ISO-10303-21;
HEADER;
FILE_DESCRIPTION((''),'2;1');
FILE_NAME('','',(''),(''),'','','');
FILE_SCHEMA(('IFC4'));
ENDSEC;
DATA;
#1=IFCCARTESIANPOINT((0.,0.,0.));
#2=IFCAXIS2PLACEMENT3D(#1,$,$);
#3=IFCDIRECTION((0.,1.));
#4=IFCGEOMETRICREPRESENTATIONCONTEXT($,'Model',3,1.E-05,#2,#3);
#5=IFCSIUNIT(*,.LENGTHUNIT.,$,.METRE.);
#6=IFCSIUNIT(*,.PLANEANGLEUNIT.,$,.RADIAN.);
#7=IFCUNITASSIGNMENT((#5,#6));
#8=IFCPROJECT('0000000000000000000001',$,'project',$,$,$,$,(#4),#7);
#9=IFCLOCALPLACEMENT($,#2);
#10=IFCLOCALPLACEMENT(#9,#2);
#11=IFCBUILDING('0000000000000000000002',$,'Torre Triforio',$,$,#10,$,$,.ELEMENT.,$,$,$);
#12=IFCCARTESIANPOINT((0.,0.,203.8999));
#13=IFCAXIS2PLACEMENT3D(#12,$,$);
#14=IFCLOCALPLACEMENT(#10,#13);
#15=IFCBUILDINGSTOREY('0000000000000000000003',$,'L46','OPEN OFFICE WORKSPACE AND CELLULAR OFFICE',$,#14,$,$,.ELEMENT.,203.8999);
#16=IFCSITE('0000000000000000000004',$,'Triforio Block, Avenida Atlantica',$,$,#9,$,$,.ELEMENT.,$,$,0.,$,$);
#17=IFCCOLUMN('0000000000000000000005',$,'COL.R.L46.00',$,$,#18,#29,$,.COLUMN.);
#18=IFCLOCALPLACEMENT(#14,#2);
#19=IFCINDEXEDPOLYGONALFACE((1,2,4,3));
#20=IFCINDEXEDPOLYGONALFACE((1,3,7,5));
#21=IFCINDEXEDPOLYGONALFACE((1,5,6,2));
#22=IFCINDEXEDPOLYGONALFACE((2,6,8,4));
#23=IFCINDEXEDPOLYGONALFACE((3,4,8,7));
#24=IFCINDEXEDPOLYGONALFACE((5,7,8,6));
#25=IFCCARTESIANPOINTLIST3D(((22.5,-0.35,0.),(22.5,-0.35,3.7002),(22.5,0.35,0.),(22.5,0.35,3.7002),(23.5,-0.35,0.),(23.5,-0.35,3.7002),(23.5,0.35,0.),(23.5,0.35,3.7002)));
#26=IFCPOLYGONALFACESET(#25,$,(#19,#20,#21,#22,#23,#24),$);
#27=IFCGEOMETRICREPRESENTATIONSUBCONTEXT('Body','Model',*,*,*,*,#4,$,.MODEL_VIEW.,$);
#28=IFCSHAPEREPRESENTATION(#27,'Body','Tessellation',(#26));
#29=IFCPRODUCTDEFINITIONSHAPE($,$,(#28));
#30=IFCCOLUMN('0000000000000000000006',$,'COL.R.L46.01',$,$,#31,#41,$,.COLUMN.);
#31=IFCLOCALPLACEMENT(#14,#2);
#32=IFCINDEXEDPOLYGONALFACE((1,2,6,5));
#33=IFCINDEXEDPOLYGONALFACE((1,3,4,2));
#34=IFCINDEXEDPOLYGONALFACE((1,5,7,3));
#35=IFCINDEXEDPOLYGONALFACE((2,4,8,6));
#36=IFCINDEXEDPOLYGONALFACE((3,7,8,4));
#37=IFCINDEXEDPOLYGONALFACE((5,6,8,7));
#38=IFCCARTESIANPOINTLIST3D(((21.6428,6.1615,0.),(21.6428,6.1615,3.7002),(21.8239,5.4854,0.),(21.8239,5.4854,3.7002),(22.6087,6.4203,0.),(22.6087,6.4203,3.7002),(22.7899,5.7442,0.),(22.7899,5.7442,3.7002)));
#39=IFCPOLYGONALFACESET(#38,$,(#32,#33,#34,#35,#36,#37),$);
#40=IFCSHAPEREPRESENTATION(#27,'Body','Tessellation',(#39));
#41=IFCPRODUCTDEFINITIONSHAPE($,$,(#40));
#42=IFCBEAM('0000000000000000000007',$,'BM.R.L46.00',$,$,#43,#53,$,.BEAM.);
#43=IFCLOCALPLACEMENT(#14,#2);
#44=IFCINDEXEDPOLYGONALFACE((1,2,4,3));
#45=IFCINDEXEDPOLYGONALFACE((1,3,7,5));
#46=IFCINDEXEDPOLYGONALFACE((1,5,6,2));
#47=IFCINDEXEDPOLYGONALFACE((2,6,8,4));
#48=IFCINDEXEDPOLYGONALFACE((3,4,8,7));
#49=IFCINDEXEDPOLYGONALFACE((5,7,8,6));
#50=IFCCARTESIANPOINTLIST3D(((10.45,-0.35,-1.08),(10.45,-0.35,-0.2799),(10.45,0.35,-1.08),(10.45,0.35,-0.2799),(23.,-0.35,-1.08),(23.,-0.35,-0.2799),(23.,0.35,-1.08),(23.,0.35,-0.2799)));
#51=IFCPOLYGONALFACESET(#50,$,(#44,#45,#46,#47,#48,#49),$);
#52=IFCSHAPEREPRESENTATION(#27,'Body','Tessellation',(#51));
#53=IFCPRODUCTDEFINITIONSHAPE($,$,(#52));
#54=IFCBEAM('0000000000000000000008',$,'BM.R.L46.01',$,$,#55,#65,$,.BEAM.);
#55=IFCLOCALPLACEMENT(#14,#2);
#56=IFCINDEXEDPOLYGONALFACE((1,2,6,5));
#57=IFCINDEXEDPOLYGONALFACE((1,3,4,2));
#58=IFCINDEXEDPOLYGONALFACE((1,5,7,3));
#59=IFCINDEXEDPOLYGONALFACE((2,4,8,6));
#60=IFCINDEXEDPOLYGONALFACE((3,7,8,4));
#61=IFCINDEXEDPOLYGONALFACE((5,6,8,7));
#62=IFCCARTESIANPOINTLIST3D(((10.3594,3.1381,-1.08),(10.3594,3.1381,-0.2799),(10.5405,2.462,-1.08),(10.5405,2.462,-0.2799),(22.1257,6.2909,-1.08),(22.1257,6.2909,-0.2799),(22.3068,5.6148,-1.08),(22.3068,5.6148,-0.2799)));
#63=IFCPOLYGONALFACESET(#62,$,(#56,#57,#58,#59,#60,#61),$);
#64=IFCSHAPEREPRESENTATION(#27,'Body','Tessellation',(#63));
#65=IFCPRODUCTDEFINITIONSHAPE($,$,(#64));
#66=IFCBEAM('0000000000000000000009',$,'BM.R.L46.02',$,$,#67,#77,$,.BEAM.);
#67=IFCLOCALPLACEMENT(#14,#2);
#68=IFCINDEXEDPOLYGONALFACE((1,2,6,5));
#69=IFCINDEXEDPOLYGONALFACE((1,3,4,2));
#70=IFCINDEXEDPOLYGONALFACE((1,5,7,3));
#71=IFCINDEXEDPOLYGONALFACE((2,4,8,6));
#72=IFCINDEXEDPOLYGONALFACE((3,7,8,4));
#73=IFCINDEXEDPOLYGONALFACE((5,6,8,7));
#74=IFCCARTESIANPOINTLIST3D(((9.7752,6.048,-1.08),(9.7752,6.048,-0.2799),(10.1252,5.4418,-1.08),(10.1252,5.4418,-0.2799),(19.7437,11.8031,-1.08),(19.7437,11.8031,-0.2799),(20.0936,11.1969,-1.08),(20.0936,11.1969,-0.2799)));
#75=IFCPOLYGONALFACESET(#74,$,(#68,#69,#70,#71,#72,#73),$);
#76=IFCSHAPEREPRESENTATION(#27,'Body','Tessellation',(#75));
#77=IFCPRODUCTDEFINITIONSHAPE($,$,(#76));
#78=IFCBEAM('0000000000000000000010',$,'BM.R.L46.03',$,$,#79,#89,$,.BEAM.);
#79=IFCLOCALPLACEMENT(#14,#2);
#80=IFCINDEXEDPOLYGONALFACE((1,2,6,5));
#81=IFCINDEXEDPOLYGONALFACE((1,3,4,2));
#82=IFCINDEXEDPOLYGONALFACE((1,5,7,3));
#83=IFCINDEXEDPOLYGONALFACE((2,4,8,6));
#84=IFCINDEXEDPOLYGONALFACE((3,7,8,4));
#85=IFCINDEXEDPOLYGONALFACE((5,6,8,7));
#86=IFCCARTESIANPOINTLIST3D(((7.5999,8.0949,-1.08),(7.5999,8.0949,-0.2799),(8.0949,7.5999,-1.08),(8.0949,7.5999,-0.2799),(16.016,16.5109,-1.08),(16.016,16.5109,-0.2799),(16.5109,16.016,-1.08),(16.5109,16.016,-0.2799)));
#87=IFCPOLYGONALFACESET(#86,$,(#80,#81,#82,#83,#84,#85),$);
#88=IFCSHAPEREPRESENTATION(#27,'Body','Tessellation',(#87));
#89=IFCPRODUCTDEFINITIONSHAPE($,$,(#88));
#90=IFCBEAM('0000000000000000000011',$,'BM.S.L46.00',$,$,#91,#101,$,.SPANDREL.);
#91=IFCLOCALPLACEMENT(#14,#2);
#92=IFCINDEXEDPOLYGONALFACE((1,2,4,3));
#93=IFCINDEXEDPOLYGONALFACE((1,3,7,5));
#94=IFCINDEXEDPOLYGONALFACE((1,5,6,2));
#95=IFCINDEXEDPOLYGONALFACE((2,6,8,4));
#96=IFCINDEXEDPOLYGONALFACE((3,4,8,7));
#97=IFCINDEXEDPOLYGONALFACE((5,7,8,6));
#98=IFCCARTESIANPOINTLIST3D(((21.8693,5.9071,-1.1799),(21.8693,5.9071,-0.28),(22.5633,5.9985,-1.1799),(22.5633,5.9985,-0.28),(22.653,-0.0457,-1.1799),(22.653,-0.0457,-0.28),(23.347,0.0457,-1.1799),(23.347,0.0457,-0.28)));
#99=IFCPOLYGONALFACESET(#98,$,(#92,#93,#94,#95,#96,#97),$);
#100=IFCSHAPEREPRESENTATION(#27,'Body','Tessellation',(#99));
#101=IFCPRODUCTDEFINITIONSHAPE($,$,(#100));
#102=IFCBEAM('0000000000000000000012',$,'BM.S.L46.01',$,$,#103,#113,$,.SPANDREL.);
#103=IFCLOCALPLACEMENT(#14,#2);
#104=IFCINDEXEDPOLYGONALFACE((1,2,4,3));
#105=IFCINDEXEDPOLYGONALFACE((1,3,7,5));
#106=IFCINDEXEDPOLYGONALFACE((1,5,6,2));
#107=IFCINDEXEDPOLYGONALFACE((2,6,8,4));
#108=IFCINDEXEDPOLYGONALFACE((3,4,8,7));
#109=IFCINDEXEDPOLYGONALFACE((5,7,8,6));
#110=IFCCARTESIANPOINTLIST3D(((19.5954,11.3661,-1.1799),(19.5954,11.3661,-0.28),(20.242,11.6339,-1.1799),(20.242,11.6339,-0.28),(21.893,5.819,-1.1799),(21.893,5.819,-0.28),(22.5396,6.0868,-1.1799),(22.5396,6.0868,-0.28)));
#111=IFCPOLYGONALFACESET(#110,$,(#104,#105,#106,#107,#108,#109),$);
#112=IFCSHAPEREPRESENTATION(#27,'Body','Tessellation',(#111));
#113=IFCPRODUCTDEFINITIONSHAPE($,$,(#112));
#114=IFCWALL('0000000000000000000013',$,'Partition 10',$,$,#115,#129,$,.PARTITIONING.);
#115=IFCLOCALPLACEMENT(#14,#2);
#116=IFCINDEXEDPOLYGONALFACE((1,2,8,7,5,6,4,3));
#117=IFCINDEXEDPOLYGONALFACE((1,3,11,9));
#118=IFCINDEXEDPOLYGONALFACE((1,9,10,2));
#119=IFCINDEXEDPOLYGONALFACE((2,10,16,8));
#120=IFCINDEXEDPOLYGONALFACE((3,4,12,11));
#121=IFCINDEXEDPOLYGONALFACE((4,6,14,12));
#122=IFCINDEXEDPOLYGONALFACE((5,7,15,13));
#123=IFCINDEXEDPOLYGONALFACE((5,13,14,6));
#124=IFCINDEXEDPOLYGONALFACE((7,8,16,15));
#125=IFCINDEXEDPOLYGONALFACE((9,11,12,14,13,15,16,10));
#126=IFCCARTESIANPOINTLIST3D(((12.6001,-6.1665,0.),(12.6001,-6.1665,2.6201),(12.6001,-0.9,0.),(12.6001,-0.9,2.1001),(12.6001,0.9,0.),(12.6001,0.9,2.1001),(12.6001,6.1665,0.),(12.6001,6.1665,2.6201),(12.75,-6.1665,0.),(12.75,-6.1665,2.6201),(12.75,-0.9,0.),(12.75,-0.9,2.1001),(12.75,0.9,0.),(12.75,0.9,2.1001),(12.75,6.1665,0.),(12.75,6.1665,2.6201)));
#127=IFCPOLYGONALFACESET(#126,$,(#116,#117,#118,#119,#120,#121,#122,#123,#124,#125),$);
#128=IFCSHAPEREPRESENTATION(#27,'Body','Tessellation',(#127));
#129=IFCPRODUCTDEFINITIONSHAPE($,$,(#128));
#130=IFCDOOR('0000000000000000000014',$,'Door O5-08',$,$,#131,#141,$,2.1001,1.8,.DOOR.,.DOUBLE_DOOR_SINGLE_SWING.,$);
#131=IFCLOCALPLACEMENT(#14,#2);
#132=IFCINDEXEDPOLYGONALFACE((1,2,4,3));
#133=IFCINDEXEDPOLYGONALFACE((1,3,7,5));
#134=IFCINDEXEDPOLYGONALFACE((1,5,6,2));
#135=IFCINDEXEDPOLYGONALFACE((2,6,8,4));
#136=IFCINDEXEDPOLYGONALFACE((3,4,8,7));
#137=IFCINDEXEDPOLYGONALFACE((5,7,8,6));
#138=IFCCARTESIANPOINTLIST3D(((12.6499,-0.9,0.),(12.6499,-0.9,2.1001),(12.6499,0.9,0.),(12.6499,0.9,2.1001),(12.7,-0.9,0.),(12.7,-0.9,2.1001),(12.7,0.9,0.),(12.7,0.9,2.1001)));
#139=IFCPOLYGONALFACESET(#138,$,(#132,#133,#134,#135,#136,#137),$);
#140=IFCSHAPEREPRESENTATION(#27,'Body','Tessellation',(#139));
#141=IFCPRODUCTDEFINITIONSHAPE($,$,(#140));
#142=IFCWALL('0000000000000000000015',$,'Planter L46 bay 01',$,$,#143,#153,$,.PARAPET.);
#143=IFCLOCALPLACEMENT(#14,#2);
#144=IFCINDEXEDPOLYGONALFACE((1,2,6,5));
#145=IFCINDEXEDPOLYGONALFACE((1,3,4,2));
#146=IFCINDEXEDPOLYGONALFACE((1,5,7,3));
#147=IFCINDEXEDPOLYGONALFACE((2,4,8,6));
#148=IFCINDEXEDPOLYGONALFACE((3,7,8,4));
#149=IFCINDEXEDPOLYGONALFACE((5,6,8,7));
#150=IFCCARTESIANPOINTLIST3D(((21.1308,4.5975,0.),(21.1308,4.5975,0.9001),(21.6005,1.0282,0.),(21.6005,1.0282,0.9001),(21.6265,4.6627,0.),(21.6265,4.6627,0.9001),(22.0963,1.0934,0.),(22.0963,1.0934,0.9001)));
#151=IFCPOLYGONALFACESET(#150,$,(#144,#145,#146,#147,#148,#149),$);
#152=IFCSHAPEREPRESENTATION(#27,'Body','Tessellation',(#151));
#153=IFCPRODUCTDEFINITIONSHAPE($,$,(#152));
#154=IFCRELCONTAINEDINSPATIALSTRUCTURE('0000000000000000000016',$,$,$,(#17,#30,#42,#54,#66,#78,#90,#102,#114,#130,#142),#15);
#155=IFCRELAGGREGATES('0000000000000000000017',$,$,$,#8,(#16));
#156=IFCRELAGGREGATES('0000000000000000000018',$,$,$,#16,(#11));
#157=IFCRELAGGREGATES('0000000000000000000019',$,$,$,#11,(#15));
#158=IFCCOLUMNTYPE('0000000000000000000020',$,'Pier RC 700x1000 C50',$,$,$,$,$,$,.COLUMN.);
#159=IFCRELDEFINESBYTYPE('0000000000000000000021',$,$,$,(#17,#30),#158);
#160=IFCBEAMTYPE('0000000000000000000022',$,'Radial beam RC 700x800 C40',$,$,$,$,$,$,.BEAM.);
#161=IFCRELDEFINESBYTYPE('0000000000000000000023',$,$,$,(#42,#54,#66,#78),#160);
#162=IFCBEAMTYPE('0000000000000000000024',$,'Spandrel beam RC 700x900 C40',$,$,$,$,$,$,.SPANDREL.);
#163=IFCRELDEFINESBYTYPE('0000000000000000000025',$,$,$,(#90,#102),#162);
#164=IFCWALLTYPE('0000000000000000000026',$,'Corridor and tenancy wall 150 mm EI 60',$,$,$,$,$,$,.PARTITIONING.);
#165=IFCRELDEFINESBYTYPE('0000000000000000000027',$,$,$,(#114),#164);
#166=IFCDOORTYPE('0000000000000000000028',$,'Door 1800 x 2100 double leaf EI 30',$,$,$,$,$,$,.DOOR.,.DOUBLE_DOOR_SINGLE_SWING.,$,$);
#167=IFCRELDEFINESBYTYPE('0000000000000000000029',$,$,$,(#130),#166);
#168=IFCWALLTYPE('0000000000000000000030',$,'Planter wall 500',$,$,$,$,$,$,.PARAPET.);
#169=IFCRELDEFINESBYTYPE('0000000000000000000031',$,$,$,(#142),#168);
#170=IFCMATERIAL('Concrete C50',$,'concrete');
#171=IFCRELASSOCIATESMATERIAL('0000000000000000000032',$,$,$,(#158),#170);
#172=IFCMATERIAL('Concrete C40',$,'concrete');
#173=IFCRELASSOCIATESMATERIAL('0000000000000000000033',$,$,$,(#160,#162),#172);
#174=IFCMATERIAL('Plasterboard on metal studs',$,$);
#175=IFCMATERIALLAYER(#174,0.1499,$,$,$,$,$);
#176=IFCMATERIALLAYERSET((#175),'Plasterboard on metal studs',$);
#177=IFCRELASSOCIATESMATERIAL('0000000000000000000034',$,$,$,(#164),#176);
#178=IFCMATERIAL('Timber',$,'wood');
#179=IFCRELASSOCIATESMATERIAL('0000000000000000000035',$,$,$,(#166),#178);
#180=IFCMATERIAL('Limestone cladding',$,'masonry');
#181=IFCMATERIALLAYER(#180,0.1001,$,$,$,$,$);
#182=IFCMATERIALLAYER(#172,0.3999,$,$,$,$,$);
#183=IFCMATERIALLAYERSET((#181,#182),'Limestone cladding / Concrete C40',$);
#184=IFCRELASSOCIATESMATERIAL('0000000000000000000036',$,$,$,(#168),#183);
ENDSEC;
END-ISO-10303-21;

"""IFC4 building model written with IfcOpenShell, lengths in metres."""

from ifc_helpers import new_model, si_unit, direction, frame, frame_2d, origin, origin_2d, place, context, subcontext, project, spatial, rectangle, extrude, material, layer, layer_set, material_profile, profile_set, type_object, element, fill, save


model = new_model("IFC4")

# Units and contexts
model_context = context("Model", 3, precision=1e-05, world=origin(), true_north=direction((0.0, 1.0)))
body_context = subcontext(model_context, "Body", "Model", "MODEL_VIEW")
ifc_project = project(units=[si_unit("LENGTHUNIT", "METRE"), si_unit("PLANEANGLEUNIT", "RADIAN")], contexts=[model_context])

# Site, building, storey
site_placement = place(None, origin())
site = spatial("IfcSite", under=ifc_project, at=site_placement, Name="Triforio Block, Avenida Atlantica", CompositionType="ELEMENT", RefElevation=0.0)
building_placement = place(site_placement, origin())
building = spatial("IfcBuilding", under=site, at=building_placement, Name="Torre Triforio", CompositionType="ELEMENT")
storey_placement = place(building_placement, frame((0.0, 0.0, 203.8999)))
storey = spatial("IfcBuildingStorey", under=building, at=storey_placement, Name="L46", Description="OPEN OFFICE WORKSPACE AND CELLULAR OFFICE", CompositionType="ELEMENT", Elevation=203.8999)

# Columns
ifc_material_1 = material(Name="Concrete C50", Category="concrete")
ifc_material_profile_1 = material_profile(ifc_material_1, rectangle(XDim=0.7, YDim=1.0, at=origin_2d()), Name="RC 700x1000")
ifc_profile_set_1 = profile_set([ifc_material_profile_1], Name="Concrete C50")
column_type = type_object("IfcColumnType", Name="Pier RC 700x1000 C50", PredefinedType="COLUMN", material=ifc_profile_set_1)
for number, where, z_axis, x_axis, name in (
    (1, (23.0, 0.0, 0.0), (0.0, 0.0, 1.0), (0.0, 1.0, 0.0), "COL.R.L46.00"),
    (2, (22.2163, 5.9529, 0.0), (0.0, 0.0, 1.0), (-0.258819, 0.965926, 0.0), "COL.R.L46.01"),
):
    element("IfcColumn", number, at=place(storey_placement, frame(where, z_axis=z_axis, x_axis=x_axis)), inside=storey, type_object=column_type, Name=name, PredefinedType="COLUMN", context=body_context, shape_type="SweptSolid", body=[
        extrude(rectangle(XDim=0.7, YDim=1.0, at=origin_2d()), origin(), (0.0, 0.0, 1.0), 3.7002),
    ])

# Beams
ifc_material_2 = material(Name="Concrete C40", Category="concrete")
ifc_material_profile_2 = material_profile(ifc_material_2, rectangle(XDim=0.7, YDim=0.8, at=origin_2d()), Name="RC 700x800")
ifc_profile_set_2 = profile_set([ifc_material_profile_2], Name="Concrete C40")
beam_type_1 = type_object("IfcBeamType", Name="Radial beam RC 700x800 C40", PredefinedType="BEAM", material=ifc_profile_set_2)
beam_1_placement = place(storey_placement, frame((10.45, 0.0, -0.6799), z_axis=(1.0, 0.0, 0.0), x_axis=(0.0, 1.0, 0.0)))
element("IfcBeam", 3, at=beam_1_placement, inside=storey, type_object=beam_type_1, Name="BM.R.L46.00", PredefinedType="BEAM", context=body_context, shape_type="SweptSolid", body=[
    extrude(rectangle(XDim=0.7, YDim=0.8, at=origin_2d()), origin(), (0.0, 0.0, 1.0), 12.55),
])
beam_2_placement = place(storey_placement, frame((10.45, 2.8, -0.6799), z_axis=(0.965925, 0.258823, 0.0), x_axis=(-0.258823, 0.965925, 0.0)))
element("IfcBeam", 4, at=beam_2_placement, inside=storey, type_object=beam_type_1, Name="BM.R.L46.01", PredefinedType="BEAM", context=body_context, shape_type="SweptSolid", body=[
    extrude(rectangle(XDim=0.7, YDim=0.8, at=origin_2d()), origin(), (0.0, 0.0, 1.0), 12.1814),
])
beam_3_placement = place(storey_placement, frame((9.9502, 5.7449, -0.6799), z_axis=(0.866033, 0.499987, 0.0), x_axis=(-0.499987, 0.866033, 0.0)))
element("IfcBeam", 5, at=beam_3_placement, inside=storey, type_object=beam_type_1, Name="BM.R.L46.02", PredefinedType="BEAM", context=body_context, shape_type="SweptSolid", body=[
    extrude(rectangle(XDim=0.7, YDim=0.8, at=origin_2d()), origin(), (0.0, 0.0, 1.0), 11.5105),
])
beam_4_placement = place(storey_placement, frame((7.8474, 7.8474, -0.6799), z_axis=(0.707107, 0.707107, 0.0), x_axis=(-0.707107, 0.707107, 0.0)))
element("IfcBeam", 6, at=beam_4_placement, inside=storey, type_object=beam_type_1, Name="BM.R.L46.03", PredefinedType="BEAM", context=body_context, shape_type="SweptSolid", body=[
    extrude(rectangle(XDim=0.7, YDim=0.8, at=origin_2d()), origin(), (0.0, 0.0, 1.0), 11.9021),
])
ifc_material_profile_3 = material_profile(ifc_material_2, rectangle(XDim=0.7, YDim=0.8999, at=origin_2d()), Name="RC 700x900")
ifc_profile_set_3 = profile_set([ifc_material_profile_3], Name="Concrete C40")
beam_type_2 = type_object("IfcBeamType", Name="Spandrel beam RC 700x900 C40", PredefinedType="SPANDREL", material=ifc_profile_set_3)
for number, where, z_axis, x_axis, name in (
    (7, (23.0, 0.0, -0.73), (-0.130523, 0.991445, 0.0), (-0.991445, -0.130523, 0.0), "BM.S.L46.00"),
    (8, (22.2163, 5.9529, -0.73), (-0.382671, 0.923885, 0.0), (-0.923885, -0.382671, 0.0), "BM.S.L46.01"),
):
    element("IfcBeam", number, at=place(storey_placement, frame(where, z_axis=z_axis, x_axis=x_axis)), inside=storey, type_object=beam_type_2, Name=name, PredefinedType="SPANDREL", context=body_context, shape_type="SweptSolid", body=[
        extrude(rectangle(XDim=0.7, YDim=0.8999, at=origin_2d()), origin(), (0.0, 0.0, 1.0), 6.0042),
    ])

# Wall, opening, door
ifc_material_3 = material(Name="Plasterboard on metal studs")
ifc_layer_1 = layer(ifc_material_3, 0.1499)
ifc_layer_set_1 = layer_set([ifc_layer_1], Name="Plasterboard on metal studs")
wall_type_1 = type_object("IfcWallType", Name="Corridor and tenancy wall 150 mm EI 60", PredefinedType="PARTITIONING", material=ifc_layer_set_1)
wall_1_placement = place(storey_placement, frame((12.675, 6.1665, 0.0), z_axis=(0.0, 0.0, 1.0), x_axis=(0.0, -1.0, 0.0)))
wall_1 = element("IfcWall", 9, at=wall_1_placement, inside=storey, type_object=wall_type_1, Name="Partition 10", PredefinedType="PARTITIONING", context=body_context, shape_type="SweptSolid", body=[
    extrude(rectangle(XDim=12.333, YDim=0.1499, at=frame_2d((6.1665, 0.0))), origin(), (0.0, 0.0, 1.0), 2.6201),
])
opening_1_placement = place(wall_1_placement, frame((5.2666, 0.0, 0.0)))
opening_1 = element("IfcOpeningElement", 10, at=opening_1_placement, cuts=wall_1, PredefinedType="OPENING", context=body_context, shape_type="SweptSolid", body=[
    extrude(rectangle(XDim=1.8, YDim=2.1001, at=frame_2d((0.8999, 1.05))), frame((0.0, 0.085, 0.0), z_axis=(0.0, -1.0, 0.0), x_axis=(1.0, 0.0, 0.0)), (0.0, 0.0, 1.0), 0.1699),
])
ifc_material_4 = material(Name="Timber", Category="wood")
door_type_1 = type_object("IfcDoorType", Name="Door 1800 x 2100 double leaf EI 30", OperationType="DOUBLE_DOOR_SINGLE_SWING", PredefinedType="DOOR", material=ifc_material_4)
door_1_placement = place(opening_1_placement, origin())
door_1 = element("IfcDoor", 11, at=door_1_placement, inside=storey, type_object=door_type_1, Name="Door O5-08", OperationType="DOUBLE_DOOR_SINGLE_SWING", OverallHeight=2.1001, OverallWidth=1.8, PredefinedType="DOOR", context=body_context, shape_type="SweptSolid", body=[
    extrude(rectangle(XDim=1.8, YDim=2.1001, at=frame_2d((0.8999, 1.05))), frame((0.0, 0.0249, 0.0), z_axis=(0.0, -1.0, 0.0), x_axis=(1.0, 0.0, 0.0)), (0.0, 0.0, 1.0), 0.05),
])
fill(opening_1, door_1)

# Wall
ifc_material_5 = material(Name="Limestone cladding", Category="masonry")
ifc_layer_2 = layer(ifc_material_5, 0.1001)
ifc_layer_3 = layer(ifc_material_2, 0.3999)
ifc_layer_set_2 = layer_set([ifc_layer_2, ifc_layer_3], Name="Limestone cladding / Concrete C40")
wall_type_2 = type_object("IfcWallType", Name="Planter wall 500", PredefinedType="PARAPET", material=ifc_layer_set_2)
wall_2_placement = place(storey_placement, frame((21.8484, 1.0608, 0.0), z_axis=(0.0, 0.0, 1.0), x_axis=(-0.130476, 0.991452, 0.0)))
element("IfcWall", 12, at=wall_2_placement, inside=storey, type_object=wall_type_2, Name="Planter L46 bay 01", PredefinedType="PARAPET", context=body_context, shape_type="SweptSolid", body=[
    extrude(rectangle(XDim=3.6001, YDim=0.5, at=frame_2d((1.8, 0.0))), origin(), (0.0, 0.0, 1.0), 0.9001),
])

save(model, "model.ifc")
